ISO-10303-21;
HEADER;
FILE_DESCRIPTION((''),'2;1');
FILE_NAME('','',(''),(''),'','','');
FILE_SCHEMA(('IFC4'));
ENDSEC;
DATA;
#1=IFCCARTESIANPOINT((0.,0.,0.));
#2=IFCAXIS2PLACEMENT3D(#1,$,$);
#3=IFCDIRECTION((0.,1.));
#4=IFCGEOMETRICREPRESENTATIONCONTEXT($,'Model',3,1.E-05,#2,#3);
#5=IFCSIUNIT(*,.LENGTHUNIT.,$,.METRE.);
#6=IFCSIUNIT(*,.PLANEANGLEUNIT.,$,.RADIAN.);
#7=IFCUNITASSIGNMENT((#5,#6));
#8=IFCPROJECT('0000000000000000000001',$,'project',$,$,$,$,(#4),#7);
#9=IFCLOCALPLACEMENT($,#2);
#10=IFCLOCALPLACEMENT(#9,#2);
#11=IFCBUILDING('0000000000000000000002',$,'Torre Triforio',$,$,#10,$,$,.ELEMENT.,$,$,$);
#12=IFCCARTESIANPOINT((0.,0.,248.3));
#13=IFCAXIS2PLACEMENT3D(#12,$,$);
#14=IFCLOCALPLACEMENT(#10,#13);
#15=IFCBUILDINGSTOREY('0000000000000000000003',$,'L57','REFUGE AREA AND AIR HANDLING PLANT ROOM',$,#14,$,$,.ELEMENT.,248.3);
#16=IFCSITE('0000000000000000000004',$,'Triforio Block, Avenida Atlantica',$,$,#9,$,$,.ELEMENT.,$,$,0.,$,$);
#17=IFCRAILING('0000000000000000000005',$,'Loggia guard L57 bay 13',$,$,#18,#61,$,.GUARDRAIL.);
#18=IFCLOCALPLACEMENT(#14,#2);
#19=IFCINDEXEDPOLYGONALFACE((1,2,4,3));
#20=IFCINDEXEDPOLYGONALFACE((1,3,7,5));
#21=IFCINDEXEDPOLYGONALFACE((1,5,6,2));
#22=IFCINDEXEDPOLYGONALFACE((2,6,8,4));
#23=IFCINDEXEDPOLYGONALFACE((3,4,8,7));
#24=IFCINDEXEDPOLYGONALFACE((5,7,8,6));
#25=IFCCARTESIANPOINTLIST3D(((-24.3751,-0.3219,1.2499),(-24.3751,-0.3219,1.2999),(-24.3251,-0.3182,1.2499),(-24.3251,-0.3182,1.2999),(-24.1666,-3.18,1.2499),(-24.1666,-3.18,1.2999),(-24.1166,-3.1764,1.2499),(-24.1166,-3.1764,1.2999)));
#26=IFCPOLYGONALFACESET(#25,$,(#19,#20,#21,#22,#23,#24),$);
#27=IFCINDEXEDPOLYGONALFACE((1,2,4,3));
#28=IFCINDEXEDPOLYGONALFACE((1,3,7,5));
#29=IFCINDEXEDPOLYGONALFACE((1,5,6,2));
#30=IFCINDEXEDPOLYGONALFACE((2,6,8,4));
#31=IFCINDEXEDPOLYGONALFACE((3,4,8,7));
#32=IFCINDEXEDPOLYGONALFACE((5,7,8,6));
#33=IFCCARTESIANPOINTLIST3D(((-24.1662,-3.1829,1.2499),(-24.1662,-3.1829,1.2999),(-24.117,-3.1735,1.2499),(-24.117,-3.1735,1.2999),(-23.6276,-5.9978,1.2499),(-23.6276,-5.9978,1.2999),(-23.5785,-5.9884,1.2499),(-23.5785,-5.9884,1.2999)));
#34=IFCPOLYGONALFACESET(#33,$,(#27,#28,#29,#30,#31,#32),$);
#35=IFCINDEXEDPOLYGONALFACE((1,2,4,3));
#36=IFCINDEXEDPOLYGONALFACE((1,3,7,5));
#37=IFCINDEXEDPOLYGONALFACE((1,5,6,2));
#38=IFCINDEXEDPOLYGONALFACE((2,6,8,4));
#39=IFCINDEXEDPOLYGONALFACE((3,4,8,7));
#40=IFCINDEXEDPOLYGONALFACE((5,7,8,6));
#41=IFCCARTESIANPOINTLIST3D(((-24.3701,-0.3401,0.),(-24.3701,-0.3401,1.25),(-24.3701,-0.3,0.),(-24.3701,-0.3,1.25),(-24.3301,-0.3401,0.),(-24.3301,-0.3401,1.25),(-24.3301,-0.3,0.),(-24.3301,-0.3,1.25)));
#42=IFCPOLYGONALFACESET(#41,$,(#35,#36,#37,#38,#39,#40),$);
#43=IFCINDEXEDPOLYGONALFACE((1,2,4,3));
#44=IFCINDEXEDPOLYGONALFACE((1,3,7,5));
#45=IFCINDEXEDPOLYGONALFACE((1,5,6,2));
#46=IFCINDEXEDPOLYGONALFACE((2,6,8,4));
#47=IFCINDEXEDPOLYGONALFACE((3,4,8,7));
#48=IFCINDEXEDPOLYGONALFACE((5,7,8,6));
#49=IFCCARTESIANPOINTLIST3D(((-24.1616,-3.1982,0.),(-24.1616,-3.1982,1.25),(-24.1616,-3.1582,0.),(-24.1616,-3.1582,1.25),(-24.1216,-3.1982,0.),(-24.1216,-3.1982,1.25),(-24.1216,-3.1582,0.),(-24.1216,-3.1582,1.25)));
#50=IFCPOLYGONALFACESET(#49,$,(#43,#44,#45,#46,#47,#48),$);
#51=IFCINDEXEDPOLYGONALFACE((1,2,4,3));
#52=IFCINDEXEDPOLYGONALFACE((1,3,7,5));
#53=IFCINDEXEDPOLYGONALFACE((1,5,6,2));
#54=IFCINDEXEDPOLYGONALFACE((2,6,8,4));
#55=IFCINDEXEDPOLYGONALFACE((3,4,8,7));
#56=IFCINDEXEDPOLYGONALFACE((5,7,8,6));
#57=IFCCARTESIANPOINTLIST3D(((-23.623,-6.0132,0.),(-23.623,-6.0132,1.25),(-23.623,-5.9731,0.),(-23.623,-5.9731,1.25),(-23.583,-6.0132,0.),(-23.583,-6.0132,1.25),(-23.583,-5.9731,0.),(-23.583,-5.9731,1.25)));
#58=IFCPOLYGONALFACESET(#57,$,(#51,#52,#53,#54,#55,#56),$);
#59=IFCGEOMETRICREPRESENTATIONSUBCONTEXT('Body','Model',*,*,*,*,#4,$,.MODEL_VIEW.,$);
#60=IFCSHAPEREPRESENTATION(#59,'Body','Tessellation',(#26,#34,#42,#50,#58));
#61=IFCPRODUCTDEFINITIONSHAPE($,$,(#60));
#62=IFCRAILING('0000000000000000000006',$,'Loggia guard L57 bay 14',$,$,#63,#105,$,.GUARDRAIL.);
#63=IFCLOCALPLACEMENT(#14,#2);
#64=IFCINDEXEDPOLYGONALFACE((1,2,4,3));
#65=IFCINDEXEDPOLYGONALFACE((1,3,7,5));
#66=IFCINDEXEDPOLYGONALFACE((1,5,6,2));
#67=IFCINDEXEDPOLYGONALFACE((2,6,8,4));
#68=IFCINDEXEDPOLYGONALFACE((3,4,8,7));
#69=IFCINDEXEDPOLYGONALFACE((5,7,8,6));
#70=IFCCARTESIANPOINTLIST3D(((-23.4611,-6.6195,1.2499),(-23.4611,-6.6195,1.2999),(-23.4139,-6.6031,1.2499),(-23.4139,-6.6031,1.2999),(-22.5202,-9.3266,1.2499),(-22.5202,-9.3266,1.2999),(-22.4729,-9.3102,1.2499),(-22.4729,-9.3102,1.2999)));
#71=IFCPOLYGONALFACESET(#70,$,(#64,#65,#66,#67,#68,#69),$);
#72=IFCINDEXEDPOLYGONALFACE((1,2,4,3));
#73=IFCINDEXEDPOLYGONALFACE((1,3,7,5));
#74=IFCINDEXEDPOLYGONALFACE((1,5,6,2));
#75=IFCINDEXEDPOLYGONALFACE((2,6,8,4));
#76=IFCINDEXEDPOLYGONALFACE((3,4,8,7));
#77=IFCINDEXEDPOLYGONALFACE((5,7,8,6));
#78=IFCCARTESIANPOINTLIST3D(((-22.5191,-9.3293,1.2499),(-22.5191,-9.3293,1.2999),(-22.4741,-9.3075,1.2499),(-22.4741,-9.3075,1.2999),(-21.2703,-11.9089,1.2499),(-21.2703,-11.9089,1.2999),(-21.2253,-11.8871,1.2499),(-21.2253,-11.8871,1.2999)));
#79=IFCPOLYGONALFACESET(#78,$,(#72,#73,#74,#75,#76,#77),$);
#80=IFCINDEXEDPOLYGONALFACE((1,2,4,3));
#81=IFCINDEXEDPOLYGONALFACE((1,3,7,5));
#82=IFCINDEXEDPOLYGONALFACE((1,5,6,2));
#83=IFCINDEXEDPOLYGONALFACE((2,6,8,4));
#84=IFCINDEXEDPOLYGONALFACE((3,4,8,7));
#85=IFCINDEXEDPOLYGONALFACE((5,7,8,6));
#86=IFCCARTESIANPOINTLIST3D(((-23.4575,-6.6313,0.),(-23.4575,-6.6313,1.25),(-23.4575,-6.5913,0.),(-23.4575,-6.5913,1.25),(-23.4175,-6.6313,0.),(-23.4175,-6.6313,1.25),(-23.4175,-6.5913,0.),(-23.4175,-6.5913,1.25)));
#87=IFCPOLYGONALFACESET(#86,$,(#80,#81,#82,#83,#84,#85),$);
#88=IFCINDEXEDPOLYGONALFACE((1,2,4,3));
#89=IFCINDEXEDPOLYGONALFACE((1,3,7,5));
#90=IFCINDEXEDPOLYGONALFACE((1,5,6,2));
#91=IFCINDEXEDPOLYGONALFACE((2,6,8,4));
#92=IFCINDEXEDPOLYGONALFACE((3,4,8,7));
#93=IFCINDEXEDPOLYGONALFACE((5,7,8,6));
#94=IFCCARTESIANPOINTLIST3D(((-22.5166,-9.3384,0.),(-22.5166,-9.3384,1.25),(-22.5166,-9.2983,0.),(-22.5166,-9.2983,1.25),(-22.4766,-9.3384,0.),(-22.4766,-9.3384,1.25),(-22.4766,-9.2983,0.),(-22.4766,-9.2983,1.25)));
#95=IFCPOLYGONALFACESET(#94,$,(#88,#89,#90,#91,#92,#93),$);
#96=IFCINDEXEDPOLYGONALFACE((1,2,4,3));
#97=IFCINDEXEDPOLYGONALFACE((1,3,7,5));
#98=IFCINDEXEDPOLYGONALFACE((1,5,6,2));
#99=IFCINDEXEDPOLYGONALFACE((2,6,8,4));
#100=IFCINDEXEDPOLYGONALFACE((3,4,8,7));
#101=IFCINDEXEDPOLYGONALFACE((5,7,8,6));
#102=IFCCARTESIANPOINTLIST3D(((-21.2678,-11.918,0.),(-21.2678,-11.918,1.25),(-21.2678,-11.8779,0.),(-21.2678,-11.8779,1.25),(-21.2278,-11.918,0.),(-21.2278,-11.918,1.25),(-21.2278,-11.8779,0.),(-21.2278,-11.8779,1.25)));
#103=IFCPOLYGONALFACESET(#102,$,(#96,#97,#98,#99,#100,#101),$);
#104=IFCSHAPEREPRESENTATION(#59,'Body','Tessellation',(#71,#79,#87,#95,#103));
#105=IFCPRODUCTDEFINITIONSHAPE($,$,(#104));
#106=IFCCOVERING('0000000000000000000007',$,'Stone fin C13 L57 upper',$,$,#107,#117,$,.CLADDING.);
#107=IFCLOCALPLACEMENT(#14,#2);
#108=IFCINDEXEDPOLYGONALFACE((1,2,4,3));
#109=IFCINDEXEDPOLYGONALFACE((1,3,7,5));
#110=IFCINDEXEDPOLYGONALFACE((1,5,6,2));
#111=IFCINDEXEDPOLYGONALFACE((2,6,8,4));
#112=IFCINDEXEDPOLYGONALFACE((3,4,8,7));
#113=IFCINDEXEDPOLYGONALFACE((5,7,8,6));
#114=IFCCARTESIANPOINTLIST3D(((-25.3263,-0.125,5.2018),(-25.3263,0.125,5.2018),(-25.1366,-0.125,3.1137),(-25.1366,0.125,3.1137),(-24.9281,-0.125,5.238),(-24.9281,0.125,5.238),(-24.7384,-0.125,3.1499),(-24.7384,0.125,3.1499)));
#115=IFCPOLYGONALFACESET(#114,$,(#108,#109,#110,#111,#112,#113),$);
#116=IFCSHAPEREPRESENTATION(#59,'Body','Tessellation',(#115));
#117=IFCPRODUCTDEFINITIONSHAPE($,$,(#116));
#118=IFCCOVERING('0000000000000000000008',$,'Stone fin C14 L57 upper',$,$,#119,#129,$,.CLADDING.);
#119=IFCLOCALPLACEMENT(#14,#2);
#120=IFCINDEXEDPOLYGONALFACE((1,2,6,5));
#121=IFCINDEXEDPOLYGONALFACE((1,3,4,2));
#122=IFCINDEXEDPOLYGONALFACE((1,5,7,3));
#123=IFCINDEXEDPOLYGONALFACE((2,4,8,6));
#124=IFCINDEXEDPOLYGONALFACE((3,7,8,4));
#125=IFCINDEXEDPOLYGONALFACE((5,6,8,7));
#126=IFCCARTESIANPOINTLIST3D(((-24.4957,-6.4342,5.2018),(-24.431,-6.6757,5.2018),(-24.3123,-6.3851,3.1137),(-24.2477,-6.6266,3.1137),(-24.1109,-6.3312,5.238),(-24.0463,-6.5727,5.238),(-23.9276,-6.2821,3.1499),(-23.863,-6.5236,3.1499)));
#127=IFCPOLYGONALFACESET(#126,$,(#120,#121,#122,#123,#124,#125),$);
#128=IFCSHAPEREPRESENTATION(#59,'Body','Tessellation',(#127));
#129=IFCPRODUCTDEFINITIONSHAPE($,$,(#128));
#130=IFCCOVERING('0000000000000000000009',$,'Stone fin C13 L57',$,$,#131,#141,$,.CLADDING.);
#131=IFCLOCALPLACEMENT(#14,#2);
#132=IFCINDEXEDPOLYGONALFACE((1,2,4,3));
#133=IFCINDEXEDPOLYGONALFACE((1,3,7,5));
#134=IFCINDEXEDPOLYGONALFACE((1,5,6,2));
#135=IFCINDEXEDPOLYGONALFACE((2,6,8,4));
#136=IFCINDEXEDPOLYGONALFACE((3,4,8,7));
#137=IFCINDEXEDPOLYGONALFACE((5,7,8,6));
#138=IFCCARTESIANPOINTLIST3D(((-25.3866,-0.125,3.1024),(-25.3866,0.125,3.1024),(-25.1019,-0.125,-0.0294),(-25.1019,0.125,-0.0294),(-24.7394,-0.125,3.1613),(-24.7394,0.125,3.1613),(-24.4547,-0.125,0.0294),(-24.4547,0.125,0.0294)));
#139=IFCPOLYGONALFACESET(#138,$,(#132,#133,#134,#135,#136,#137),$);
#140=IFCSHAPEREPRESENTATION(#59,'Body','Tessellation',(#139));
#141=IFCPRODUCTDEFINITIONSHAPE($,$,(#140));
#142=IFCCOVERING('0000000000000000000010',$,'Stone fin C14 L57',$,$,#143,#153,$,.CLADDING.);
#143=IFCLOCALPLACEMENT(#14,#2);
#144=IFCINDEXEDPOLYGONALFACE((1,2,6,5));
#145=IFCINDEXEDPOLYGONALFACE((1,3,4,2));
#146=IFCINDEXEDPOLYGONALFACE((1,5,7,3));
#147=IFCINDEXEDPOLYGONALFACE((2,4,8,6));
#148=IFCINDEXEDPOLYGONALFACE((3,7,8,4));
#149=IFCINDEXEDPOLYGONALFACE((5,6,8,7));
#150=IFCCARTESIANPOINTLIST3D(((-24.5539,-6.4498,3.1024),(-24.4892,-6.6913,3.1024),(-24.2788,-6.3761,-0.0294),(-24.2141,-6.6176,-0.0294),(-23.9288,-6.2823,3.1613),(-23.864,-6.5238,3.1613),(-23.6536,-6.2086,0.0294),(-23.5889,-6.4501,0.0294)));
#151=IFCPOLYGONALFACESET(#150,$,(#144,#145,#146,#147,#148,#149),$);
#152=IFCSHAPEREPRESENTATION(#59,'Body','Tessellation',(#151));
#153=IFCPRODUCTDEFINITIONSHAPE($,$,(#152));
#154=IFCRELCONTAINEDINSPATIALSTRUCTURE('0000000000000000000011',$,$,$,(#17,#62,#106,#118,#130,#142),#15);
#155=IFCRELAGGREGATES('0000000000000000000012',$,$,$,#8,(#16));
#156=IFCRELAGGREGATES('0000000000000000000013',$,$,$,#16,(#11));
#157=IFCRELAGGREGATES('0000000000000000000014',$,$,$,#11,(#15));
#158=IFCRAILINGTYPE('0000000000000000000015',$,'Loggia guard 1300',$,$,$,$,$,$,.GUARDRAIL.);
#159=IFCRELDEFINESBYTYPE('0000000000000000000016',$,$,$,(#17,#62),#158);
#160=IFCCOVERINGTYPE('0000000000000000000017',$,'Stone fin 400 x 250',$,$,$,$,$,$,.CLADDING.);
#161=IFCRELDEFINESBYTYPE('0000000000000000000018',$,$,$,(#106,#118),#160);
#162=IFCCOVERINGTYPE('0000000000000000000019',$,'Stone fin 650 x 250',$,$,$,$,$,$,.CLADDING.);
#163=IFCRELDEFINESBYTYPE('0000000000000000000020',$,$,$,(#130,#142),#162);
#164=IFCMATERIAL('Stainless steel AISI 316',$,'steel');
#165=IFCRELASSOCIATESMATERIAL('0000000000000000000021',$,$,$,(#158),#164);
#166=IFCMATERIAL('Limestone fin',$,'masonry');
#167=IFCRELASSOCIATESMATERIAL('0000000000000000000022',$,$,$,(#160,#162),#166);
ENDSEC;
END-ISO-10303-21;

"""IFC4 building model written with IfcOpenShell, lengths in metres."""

from ifc_helpers import new_model, si_unit, direction, frame, origin, origin_2d, place, context, subcontext, project, spatial, rectangle, extrude, material, material_profile, profile_set, type_object, element, save


model = new_model("IFC4")

# Units and contexts
model_context = context("Model", 3, precision=1e-05, world=origin(), true_north=direction((0.0, 1.0)))
body_context = subcontext(model_context, "Body", "Model", "MODEL_VIEW")
ifc_project = project(units=[si_unit("LENGTHUNIT", "METRE"), si_unit("PLANEANGLEUNIT", "RADIAN")], contexts=[model_context])

# Site, building, storey
site_placement = place(None, origin())
site = spatial("IfcSite", under=ifc_project, at=site_placement, Name="Triforio Block, Avenida Atlantica", CompositionType="ELEMENT", RefElevation=0.0)
building_placement = place(site_placement, origin())
building = spatial("IfcBuilding", under=site, at=building_placement, Name="Torre Triforio", CompositionType="ELEMENT")
storey_placement = place(building_placement, frame((0.0, 0.0, 248.3)))
storey = spatial("IfcBuildingStorey", under=building, at=storey_placement, Name="L57", Description="REFUGE AREA AND AIR HANDLING PLANT ROOM", CompositionType="ELEMENT", Elevation=248.3)

# Railings
ifc_material_1 = material(Name="Stainless steel AISI 316", Category="steel")
railing_type = type_object("IfcRailingType", Name="Loggia guard 1300", PredefinedType="GUARDRAIL", material=ifc_material_1)
railing_1_placement = place(storey_placement, frame((-24.3501, -0.3201, 0.0)))
element("IfcRailing", 1, at=railing_1_placement, inside=storey, type_object=railing_type, Name="Loggia guard L57 bay 13", PredefinedType="GUARDRAIL", context=body_context, shape_type="SweptSolid", body=[
    extrude(rectangle(XDim=0.05, YDim=0.05, at=origin_2d()), frame((0.0, 0.0, 1.2749), z_axis=(0.072754, -0.99735, 0.0), x_axis=(0.99735, 0.072754, 0.0)), (0.0, 0.0, 1.0), 2.8657),
    extrude(rectangle(XDim=0.05, YDim=0.05, at=origin_2d()), frame((0.2085, -2.8582, 1.2749), z_axis=(0.187918, -0.982185, 0.0), x_axis=(0.982185, 0.187918, 0.0)), (0.0, 0.0, 1.0), 2.866),
    extrude(rectangle(XDim=0.04, YDim=0.04, at=origin_2d()), origin(), (0.0, 0.0, 1.0), 1.25),
    extrude(rectangle(XDim=0.04, YDim=0.04, at=origin_2d()), frame((0.2085, -2.8582, 0.0)), (0.0, 0.0, 1.0), 1.25),
    extrude(rectangle(XDim=0.04, YDim=0.04, at=origin_2d()), frame((0.7471, -5.6731, 0.0)), (0.0, 0.0, 1.0), 1.25),
])
railing_2_placement = place(storey_placement, frame((-23.4375, -6.6113, 0.0)))
element("IfcRailing", 2, at=railing_2_placement, inside=storey, type_object=railing_type, Name="Loggia guard L57 bay 14", PredefinedType="GUARDRAIL", context=body_context, shape_type="SweptSolid", body=[
    extrude(rectangle(XDim=0.05, YDim=0.05, at=origin_2d()), frame((0.0, 0.0, 1.2749), z_axis=(0.328316, -0.944568, 0.0), x_axis=(0.944568, 0.328316, 0.0)), (0.0, 0.0, 1.0), 2.866),
    extrude(rectangle(XDim=0.05, YDim=0.05, at=origin_2d()), frame((0.9409, -2.707, 1.2749), z_axis=(0.435728, -0.900078, 0.0), x_axis=(0.900078, 0.435728, 0.0)), (0.0, 0.0, 1.0), 2.866),
    extrude(rectangle(XDim=0.04, YDim=0.04, at=origin_2d()), origin(), (0.0, 0.0, 1.0), 1.25),
    extrude(rectangle(XDim=0.04, YDim=0.04, at=origin_2d()), frame((0.9409, -2.707, 0.0)), (0.0, 0.0, 1.0), 1.25),
    extrude(rectangle(XDim=0.04, YDim=0.04, at=origin_2d()), frame((2.1897, -5.2866, 0.0)), (0.0, 0.0, 1.0), 1.25),
])

# Coverings
ifc_material_2 = material(Name="Limestone fin", Category="masonry")
ifc_material_profile_1 = material_profile(ifc_material_2, rectangle(XDim=0.3999, YDim=0.25, at=origin_2d()), Name="FIN 400x250")
ifc_profile_set_1 = profile_set([ifc_material_profile_1], Name="Limestone fin")
covering_type_1 = type_object("IfcCoveringType", Name="Stone fin 400 x 250", PredefinedType="CLADDING", material=ifc_profile_set_1)
for number, where, z_axis, x_axis, name in (
    (3, (-24.9375, 0.0, 3.1318), (-0.090473, 0.0, 0.995899), (0.995899, 0.0, 0.090473), "Stone fin C13 L57 upper"),
    (4, (-24.0876, -6.4543, 3.1318), (-0.087445, -0.023404, 0.995894), (0.962034, 0.257482, 0.090523), "Stone fin C14 L57 upper"),
):
    element("IfcCovering", number, at=place(storey_placement, frame(where, z_axis=z_axis, x_axis=x_axis)), inside=storey, type_object=covering_type_1, Name=name, PredefinedType="CLADDING", context=body_context, shape_type="SweptSolid", body=[
        extrude(rectangle(XDim=0.3999, YDim=0.25, at=origin_2d()), origin(), (0.0, 0.0, 1.0), 2.0967),
    ])
ifc_material_profile_2 = material_profile(ifc_material_2, rectangle(XDim=0.6499, YDim=0.25, at=origin_2d()), Name="FIN 650x250")
ifc_profile_set_2 = profile_set([ifc_material_profile_2], Name="Limestone fin")
covering_type_2 = type_object("IfcCoveringType", Name="Stone fin 650 x 250", PredefinedType="CLADDING", material=ifc_profile_set_2)
for number, where, z_axis, x_axis, name in (
    (5, (-24.7783, 0.0, 0.0), (-0.090522, 0.0, 0.995894), (0.995894, 0.0, 0.090522), "Stone fin C13 L57"),
    (6, (-23.9338, -6.4131, 0.0), (-0.087494, -0.023445, 0.995889), (0.961951, 0.257772, 0.09058), "Stone fin C14 L57"),
):
    element("IfcCovering", number, at=place(storey_placement, frame(where, z_axis=z_axis, x_axis=x_axis)), inside=storey, type_object=covering_type_2, Name=name, PredefinedType="CLADDING", context=body_context, shape_type="SweptSolid", body=[
        extrude(rectangle(XDim=0.6499, YDim=0.25, at=origin_2d()), origin(), (0.0, 0.0, 1.0), 3.1448),
    ])

save(model, "model.ifc")
